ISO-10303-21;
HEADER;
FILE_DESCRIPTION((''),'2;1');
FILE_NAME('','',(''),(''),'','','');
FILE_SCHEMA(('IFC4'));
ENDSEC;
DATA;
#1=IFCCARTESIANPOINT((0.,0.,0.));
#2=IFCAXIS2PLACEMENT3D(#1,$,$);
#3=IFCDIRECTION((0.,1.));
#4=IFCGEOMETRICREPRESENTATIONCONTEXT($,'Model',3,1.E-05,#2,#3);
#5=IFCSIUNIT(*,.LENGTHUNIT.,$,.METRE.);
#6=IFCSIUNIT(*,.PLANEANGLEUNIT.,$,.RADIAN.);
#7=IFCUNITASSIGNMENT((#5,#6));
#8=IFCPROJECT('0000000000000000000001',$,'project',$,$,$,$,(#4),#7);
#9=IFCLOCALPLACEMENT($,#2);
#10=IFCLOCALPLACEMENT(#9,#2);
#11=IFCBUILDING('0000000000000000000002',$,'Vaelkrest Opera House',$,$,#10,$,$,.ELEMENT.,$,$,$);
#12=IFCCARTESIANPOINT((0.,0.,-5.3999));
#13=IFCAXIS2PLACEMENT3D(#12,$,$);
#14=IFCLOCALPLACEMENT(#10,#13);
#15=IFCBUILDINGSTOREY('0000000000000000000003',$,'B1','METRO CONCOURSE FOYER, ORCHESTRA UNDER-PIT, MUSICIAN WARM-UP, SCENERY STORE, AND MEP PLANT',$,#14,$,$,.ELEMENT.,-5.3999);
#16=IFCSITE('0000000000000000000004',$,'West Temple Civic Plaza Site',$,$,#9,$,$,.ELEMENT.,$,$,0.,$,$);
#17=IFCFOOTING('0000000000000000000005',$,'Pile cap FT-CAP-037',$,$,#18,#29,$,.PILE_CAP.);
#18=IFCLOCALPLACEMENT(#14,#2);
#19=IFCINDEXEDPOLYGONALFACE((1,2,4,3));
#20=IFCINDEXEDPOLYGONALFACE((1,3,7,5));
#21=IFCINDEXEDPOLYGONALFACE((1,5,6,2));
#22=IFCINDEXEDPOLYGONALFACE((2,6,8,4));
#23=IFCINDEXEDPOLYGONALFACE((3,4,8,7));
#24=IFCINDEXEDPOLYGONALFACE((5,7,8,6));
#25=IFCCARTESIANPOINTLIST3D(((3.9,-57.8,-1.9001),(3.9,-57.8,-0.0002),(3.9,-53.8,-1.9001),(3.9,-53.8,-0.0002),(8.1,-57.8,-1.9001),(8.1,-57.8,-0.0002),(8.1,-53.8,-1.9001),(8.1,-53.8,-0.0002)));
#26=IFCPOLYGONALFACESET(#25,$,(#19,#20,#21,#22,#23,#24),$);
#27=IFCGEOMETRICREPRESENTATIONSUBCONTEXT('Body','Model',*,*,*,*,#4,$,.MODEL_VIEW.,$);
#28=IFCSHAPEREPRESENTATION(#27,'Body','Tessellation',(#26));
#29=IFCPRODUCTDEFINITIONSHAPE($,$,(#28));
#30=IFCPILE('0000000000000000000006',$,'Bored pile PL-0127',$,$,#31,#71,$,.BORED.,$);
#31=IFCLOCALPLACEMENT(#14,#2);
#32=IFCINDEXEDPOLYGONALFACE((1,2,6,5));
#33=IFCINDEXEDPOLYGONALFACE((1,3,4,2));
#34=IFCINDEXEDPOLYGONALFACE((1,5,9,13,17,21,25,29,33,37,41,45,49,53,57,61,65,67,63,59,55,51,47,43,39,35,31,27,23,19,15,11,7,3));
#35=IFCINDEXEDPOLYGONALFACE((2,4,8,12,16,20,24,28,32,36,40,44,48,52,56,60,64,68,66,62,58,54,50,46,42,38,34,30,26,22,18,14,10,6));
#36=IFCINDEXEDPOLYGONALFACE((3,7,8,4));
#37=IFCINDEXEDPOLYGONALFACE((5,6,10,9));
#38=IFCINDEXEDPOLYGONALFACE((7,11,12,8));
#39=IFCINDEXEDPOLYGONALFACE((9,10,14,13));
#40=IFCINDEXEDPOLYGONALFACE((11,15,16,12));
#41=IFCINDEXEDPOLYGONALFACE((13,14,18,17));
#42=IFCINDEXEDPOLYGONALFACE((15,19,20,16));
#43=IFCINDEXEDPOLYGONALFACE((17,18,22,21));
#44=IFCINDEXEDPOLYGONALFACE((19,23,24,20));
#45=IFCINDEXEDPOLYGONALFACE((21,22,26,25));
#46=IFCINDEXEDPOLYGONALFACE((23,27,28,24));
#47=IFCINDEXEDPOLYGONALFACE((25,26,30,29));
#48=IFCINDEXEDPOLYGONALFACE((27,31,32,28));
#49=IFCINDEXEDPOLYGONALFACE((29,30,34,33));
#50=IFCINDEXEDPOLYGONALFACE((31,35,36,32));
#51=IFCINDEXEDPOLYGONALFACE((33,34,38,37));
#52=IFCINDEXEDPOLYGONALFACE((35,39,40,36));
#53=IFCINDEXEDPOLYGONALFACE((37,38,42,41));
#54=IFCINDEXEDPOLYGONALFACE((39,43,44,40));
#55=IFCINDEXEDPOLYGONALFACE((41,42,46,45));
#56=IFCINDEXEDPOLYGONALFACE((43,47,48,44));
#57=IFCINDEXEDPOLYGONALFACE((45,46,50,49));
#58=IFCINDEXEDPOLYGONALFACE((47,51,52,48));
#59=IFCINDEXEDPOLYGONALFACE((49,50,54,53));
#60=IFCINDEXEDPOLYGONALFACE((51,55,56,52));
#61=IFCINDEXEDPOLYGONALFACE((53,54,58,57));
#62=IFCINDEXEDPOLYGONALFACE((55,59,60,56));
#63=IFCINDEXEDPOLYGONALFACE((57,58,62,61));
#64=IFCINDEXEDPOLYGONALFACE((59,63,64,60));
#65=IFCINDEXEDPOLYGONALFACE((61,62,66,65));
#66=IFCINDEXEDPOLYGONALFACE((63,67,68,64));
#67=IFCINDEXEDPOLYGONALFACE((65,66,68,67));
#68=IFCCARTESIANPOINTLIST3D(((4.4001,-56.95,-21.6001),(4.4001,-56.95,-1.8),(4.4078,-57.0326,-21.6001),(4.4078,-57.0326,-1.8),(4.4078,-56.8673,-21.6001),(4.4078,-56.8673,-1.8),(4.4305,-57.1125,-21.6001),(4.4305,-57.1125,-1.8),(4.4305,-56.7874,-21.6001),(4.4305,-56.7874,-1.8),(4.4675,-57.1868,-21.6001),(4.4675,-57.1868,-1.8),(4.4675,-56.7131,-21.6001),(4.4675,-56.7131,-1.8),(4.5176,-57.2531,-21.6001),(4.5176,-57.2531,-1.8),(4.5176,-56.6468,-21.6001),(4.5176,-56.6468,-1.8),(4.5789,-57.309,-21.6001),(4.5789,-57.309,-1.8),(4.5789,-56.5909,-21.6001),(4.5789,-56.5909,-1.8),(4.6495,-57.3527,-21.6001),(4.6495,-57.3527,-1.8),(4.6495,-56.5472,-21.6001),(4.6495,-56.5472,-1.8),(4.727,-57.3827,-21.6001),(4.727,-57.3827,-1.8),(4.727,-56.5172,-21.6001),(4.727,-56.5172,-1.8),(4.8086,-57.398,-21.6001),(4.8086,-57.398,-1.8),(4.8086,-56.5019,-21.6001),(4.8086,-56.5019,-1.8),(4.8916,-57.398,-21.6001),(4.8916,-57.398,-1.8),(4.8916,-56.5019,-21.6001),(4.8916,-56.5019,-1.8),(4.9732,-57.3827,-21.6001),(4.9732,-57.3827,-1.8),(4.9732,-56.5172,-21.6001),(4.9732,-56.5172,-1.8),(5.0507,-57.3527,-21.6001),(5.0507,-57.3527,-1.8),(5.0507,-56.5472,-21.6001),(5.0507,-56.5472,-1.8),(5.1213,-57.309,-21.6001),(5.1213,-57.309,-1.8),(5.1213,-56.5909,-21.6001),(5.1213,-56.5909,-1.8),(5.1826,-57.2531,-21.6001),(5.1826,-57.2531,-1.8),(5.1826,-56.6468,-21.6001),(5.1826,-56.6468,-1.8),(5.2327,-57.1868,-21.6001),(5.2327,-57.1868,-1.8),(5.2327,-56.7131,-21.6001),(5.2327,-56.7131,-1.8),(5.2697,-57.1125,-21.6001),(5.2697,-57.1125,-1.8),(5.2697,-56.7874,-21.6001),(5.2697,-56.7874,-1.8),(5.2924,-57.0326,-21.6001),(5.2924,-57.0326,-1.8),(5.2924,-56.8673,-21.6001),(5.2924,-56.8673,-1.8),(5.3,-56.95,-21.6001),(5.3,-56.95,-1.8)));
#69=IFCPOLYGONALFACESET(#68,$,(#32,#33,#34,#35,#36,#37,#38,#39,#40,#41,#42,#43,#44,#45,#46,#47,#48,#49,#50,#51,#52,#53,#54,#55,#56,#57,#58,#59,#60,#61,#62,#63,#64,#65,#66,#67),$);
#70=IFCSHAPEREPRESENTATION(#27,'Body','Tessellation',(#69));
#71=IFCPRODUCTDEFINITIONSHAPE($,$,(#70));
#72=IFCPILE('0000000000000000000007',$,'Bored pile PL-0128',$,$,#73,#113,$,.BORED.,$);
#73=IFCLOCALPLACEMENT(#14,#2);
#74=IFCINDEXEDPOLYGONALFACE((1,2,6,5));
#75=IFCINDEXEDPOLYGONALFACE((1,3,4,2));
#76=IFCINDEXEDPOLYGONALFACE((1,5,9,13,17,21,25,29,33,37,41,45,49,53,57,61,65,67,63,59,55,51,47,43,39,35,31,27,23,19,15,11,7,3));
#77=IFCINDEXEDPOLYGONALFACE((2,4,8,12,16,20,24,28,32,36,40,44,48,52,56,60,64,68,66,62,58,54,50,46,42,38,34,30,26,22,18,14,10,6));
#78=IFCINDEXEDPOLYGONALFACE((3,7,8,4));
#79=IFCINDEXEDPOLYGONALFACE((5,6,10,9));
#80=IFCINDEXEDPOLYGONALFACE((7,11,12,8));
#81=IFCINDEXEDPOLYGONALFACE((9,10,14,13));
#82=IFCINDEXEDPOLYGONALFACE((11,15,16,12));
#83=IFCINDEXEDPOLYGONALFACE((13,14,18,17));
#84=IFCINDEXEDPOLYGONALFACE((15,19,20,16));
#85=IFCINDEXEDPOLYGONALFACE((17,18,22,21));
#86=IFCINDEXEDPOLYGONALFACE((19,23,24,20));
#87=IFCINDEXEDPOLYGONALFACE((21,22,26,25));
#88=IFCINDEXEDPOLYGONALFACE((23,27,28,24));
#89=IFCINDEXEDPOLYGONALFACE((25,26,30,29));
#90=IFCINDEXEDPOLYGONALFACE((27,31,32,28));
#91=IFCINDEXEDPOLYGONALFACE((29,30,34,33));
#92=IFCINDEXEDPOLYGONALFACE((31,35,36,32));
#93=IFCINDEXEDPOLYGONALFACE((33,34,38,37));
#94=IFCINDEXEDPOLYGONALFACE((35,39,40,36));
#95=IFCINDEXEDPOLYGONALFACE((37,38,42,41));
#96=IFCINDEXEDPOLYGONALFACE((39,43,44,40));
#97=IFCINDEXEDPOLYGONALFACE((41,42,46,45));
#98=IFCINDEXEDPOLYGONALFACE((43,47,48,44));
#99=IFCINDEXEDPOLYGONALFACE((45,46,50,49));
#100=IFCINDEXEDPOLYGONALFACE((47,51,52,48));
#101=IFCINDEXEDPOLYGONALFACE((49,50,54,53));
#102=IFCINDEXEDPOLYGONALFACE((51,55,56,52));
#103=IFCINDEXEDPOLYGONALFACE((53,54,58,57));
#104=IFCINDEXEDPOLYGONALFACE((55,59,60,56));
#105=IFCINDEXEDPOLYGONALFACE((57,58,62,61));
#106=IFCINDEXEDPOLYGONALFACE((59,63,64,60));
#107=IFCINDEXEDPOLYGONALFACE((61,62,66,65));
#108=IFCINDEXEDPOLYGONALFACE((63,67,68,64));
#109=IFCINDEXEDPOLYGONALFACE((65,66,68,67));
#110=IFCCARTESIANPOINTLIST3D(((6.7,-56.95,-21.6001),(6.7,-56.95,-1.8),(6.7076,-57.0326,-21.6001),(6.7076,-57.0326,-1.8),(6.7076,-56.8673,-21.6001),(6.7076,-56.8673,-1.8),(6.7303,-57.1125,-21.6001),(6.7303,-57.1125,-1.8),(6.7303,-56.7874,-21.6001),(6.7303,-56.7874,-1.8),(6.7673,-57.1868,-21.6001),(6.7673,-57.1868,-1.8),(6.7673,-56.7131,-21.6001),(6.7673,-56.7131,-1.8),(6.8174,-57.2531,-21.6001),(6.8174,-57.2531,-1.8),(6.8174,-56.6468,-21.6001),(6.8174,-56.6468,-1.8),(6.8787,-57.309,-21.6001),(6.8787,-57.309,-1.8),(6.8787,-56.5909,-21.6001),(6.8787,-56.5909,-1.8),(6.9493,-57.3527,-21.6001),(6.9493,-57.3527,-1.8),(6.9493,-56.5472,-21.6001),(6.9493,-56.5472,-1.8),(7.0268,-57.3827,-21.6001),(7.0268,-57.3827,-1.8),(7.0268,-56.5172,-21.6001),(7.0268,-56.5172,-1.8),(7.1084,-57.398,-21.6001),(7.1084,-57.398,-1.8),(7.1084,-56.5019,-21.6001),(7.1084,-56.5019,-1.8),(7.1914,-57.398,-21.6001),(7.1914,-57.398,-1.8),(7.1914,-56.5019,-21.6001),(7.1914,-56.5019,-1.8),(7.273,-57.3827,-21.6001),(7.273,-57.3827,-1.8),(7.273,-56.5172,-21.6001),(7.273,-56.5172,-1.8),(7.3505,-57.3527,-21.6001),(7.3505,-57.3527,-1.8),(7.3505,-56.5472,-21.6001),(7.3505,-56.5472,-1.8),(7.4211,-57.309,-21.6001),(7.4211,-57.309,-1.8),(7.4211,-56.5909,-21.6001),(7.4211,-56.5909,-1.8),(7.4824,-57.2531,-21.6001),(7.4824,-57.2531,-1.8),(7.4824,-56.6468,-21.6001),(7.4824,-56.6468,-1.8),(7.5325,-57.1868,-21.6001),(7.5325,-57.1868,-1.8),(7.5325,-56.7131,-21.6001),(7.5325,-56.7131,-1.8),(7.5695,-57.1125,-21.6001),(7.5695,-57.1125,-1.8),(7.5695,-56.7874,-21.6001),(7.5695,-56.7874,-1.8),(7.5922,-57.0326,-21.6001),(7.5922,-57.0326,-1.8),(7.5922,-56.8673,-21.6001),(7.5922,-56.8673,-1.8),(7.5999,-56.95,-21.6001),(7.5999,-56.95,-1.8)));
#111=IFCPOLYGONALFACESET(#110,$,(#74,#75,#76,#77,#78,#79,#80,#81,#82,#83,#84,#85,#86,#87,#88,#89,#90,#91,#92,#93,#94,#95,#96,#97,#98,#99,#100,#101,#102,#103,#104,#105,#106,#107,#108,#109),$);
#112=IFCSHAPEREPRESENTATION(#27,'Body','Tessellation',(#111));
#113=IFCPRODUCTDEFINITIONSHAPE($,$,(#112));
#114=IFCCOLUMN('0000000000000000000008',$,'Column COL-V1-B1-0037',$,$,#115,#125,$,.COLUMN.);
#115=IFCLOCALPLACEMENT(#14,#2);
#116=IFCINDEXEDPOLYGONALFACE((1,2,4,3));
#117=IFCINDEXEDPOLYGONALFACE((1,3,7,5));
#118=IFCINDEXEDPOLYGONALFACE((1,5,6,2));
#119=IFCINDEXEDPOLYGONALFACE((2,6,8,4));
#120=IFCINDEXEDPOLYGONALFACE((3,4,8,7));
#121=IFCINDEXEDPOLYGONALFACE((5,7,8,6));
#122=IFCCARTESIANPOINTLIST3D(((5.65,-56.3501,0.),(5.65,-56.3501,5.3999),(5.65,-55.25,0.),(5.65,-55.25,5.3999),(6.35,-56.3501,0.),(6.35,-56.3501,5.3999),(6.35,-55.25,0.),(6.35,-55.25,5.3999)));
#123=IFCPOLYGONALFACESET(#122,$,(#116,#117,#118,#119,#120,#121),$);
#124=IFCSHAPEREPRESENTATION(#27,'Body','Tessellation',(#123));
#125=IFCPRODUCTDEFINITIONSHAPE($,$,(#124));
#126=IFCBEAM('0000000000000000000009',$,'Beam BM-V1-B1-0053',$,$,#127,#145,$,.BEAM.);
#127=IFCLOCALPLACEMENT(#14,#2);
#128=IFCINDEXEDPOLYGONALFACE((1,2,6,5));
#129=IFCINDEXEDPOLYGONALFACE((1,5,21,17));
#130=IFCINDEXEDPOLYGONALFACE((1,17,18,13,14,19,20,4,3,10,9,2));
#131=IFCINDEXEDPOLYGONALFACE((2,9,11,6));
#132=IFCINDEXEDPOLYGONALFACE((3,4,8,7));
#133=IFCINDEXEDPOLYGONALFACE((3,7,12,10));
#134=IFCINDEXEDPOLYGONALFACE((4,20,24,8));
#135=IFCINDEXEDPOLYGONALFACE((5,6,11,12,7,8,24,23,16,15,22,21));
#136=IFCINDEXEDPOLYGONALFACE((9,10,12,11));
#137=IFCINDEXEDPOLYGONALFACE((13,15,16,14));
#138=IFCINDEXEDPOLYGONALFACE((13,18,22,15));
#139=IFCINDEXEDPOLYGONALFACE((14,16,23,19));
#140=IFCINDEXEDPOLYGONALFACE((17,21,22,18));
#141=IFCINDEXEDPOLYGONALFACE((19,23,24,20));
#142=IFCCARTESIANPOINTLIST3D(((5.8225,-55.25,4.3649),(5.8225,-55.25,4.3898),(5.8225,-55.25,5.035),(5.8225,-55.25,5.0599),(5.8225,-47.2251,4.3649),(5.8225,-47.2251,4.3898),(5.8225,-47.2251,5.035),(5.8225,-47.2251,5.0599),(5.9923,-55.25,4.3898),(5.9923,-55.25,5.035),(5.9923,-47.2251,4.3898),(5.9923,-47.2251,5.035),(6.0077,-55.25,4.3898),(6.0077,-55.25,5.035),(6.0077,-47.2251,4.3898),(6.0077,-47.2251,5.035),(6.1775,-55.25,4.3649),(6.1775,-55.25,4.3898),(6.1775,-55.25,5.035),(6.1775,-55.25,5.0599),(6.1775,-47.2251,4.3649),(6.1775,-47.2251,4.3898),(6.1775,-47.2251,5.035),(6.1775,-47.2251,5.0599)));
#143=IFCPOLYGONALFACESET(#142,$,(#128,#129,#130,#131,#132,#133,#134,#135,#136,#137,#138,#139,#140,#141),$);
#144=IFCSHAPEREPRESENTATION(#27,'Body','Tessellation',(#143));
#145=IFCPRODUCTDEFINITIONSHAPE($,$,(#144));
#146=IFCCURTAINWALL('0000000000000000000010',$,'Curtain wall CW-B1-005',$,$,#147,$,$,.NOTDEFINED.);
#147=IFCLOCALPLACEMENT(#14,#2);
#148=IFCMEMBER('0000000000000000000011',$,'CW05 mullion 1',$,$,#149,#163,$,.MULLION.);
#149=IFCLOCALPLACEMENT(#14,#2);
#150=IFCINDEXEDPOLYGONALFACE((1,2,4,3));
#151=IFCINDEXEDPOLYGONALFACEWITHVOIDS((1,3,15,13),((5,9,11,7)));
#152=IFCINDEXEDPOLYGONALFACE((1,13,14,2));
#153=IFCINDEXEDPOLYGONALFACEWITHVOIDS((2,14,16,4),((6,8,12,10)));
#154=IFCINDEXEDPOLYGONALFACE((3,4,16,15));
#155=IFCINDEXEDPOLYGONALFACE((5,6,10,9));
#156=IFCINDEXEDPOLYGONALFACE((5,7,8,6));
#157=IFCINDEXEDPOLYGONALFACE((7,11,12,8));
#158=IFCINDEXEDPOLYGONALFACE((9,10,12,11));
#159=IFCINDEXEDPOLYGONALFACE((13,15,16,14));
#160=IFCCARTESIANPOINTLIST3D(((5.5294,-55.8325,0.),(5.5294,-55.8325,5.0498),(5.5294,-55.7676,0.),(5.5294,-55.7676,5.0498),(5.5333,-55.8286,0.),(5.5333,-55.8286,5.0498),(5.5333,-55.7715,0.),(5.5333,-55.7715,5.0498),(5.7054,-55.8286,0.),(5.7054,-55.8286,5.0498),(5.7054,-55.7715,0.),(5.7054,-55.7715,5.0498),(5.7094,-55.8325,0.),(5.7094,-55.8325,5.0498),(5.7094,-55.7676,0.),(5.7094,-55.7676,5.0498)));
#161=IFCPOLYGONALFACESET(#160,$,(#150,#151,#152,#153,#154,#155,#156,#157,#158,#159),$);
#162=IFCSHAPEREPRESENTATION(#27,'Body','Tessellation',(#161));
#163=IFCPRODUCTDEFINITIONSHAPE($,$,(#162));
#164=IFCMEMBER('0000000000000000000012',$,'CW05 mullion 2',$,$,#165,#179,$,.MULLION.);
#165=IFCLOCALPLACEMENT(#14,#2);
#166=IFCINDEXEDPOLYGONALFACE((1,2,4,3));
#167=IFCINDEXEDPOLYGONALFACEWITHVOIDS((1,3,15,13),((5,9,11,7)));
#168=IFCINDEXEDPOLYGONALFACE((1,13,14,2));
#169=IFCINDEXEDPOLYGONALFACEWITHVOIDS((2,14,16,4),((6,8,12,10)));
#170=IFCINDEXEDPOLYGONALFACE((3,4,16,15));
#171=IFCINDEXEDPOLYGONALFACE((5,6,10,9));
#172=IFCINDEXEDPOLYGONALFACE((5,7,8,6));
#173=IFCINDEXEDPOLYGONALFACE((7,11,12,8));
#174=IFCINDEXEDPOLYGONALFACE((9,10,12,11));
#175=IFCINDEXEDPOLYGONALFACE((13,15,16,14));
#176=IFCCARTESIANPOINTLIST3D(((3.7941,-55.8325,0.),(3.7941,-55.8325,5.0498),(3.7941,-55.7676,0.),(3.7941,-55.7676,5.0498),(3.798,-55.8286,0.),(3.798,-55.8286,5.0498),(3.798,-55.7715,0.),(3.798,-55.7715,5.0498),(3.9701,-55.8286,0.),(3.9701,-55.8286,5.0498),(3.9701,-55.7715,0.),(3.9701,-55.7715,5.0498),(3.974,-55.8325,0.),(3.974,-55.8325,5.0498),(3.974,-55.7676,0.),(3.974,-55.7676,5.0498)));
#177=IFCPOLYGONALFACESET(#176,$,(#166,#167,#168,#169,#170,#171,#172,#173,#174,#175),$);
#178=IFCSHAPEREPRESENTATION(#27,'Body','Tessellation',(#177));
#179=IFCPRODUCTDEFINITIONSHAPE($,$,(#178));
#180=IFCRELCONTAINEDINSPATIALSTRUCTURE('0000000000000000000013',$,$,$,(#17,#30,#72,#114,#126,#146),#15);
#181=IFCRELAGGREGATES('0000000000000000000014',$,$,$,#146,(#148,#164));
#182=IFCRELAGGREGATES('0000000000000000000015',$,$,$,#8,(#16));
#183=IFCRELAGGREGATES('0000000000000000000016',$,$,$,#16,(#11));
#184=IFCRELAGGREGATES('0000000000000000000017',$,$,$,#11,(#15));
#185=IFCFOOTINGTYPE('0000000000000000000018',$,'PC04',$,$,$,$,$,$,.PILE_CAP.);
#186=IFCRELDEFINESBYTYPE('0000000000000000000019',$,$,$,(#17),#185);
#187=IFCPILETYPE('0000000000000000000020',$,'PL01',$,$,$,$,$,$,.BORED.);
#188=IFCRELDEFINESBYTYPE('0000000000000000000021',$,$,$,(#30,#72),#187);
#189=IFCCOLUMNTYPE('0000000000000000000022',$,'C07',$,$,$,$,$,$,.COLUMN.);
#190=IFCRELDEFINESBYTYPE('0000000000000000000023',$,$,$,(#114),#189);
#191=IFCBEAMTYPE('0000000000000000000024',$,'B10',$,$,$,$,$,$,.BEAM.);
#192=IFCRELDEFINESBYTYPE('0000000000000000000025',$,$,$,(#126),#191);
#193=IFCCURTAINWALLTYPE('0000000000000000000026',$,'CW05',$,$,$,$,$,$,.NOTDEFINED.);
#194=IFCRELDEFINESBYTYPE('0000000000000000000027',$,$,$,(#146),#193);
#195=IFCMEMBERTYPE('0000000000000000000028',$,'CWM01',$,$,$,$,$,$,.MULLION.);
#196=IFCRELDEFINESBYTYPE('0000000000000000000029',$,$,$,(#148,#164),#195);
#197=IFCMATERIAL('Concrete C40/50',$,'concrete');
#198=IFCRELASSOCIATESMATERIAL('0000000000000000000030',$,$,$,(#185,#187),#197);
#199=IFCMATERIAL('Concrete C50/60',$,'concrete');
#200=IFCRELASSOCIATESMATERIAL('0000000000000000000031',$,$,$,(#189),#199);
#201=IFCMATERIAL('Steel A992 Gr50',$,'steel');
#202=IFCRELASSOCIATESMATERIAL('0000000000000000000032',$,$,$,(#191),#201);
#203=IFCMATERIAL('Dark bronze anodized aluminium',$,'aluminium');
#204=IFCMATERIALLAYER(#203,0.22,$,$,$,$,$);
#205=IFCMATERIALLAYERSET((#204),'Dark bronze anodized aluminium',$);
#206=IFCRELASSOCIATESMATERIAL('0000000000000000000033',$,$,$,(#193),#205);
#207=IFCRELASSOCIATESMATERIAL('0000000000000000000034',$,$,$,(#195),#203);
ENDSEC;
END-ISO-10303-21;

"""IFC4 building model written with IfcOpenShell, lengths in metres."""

from ifc_helpers import new_model, si_unit, direction, frame, origin, origin_2d, place, context, subcontext, project, spatial, rectangle, hollow_rectangle, circle, i_section, extrude, material, layer, layer_set, material_profile, profile_set, type_object, element, aggregate, save


model = new_model("IFC4")

# Units and contexts
model_context = context("Model", 3, precision=1e-05, world=origin(), true_north=direction((0.0, 1.0)))
body_context = subcontext(model_context, "Body", "Model", "MODEL_VIEW")
ifc_project = project(units=[si_unit("LENGTHUNIT", "METRE"), si_unit("PLANEANGLEUNIT", "RADIAN")], contexts=[model_context])

# Site, building, storey
site_placement = place(None, origin())
site = spatial("IfcSite", under=ifc_project, at=site_placement, Name="West Temple Civic Plaza Site", CompositionType="ELEMENT", RefElevation=0.0)
building_placement = place(site_placement, origin())
building = spatial("IfcBuilding", under=site, at=building_placement, Name="Vaelkrest Opera House", CompositionType="ELEMENT")
storey_placement = place(building_placement, frame((0.0, 0.0, -5.3999)))
storey = spatial("IfcBuildingStorey", under=building, at=storey_placement, Name="B1", Description="METRO CONCOURSE FOYER, ORCHESTRA UNDER-PIT, MUSICIAN WARM-UP, SCENERY STORE, AND MEP PLANT", CompositionType="ELEMENT", Elevation=-5.3999)

# Footing
ifc_material_1 = material(Name="Concrete C40/50", Category="concrete")
footing_type = type_object("IfcFootingType", Name="PC04", PredefinedType="PILE_CAP", material=ifc_material_1)
footing_placement = place(storey_placement, frame((6.0, -55.8, -1.9001), z_axis=(0.0, 0.0, 1.0), x_axis=(1.0, 0.0, 0.0)))
element("IfcFooting", 1, at=footing_placement, inside=storey, type_object=footing_type, Name="Pile cap FT-CAP-037", PredefinedType="PILE_CAP", context=body_context, shape_type="SweptSolid", body=[
    extrude(rectangle(XDim=4.2, YDim=4.0, at=origin_2d()), origin(), (0.0, 0.0, 1.0), 1.8999),
])

# Piles
ifc_material_profile_1 = material_profile(ifc_material_1, circle(Radius=0.45, at=origin_2d()), Name="PILE900")
ifc_profile_set_1 = profile_set([ifc_material_profile_1], Name="Concrete C40/50")
pile_type = type_object("IfcPileType", Name="PL01", PredefinedType="BORED", material=ifc_profile_set_1)
for number, where, z_axis, x_axis, name in (
    (2, (4.8501, -56.95, -1.8), (0.0, 0.0, -1.0), (1.0, 0.0, 0.0), "Bored pile PL-0127"),
    (3, (7.1499, -56.95, -1.8), (0.0, 0.0, -1.0), (1.0, 0.0, 0.0), "Bored pile PL-0128"),
):
    element("IfcPile", number, at=place(storey_placement, frame(where, z_axis=z_axis, x_axis=x_axis)), inside=storey, type_object=pile_type, Name=name, PredefinedType="BORED", context=body_context, shape_type="SweptSolid", body=[
        extrude(circle(Radius=0.45, at=origin_2d()), origin(), (0.0, 0.0, 1.0), 19.8),
    ])

# Column
ifc_material_2 = material(Name="Concrete C50/60", Category="concrete")
ifc_material_profile_2 = material_profile(ifc_material_2, rectangle(XDim=0.7, YDim=1.1001, at=origin_2d()), Name="RC700X1100")
ifc_profile_set_2 = profile_set([ifc_material_profile_2], Name="Concrete C50/60")
column_type = type_object("IfcColumnType", Name="C07", PredefinedType="COLUMN", material=ifc_profile_set_2)
column_placement = place(storey_placement, frame((6.0, -55.8, 0.0), z_axis=(0.0, 0.0, 1.0), x_axis=(1.0, 0.0, 0.0)))
element("IfcColumn", 4, at=column_placement, inside=storey, type_object=column_type, Name="Column COL-V1-B1-0037", PredefinedType="COLUMN", context=body_context, shape_type="SweptSolid", body=[
    extrude(rectangle(XDim=0.7, YDim=1.1001, at=origin_2d()), origin(), (0.0, 0.0, 1.0), 5.3999),
])

# Beam
ifc_material_3 = material(Name="Steel A992 Gr50", Category="steel")
ifc_material_profile_3 = material_profile(ifc_material_3, i_section(OverallWidth=0.355, OverallDepth=0.6951, WebThickness=0.0154, FlangeThickness=0.0249, at=origin_2d()), Name="W27X146")
ifc_profile_set_3 = profile_set([ifc_material_profile_3], Name="Steel A992 Gr50")
beam_type = type_object("IfcBeamType", Name="B10", PredefinedType="BEAM", material=ifc_profile_set_3)
beam_placement = place(storey_placement, frame((6.0, -55.25, 4.7124), z_axis=(0.0, 1.0, 0.0), x_axis=(-1.0, 0.0, 0.0)))
element("IfcBeam", 5, at=beam_placement, inside=storey, type_object=beam_type, Name="Beam BM-V1-B1-0053", PredefinedType="BEAM", context=body_context, shape_type="SweptSolid", body=[
    extrude(i_section(OverallWidth=0.355, OverallDepth=0.6951, WebThickness=0.0154, FlangeThickness=0.0249, at=origin_2d()), origin(), (0.0, 0.0, 1.0), 8.0249),
])

# Curtain wall, members
ifc_material_4 = material(Name="Dark bronze anodized aluminium", Category="aluminium")
ifc_layer_1 = layer(ifc_material_4, 0.22)
ifc_layer_set_1 = layer_set([ifc_layer_1], Name="Dark bronze anodized aluminium")
curtain_wall_type_1 = type_object("IfcCurtainWallType", Name="CW05", PredefinedType="NOTDEFINED", material=ifc_layer_set_1)
curtain_wall_1_placement = place(storey_placement, origin())
curtain_wall_1 = element("IfcCurtainWall", 6, at=curtain_wall_1_placement, inside=storey, type_object=curtain_wall_type_1, Name="Curtain wall CW-B1-005", PredefinedType="NOTDEFINED")
ifc_material_profile_4 = material_profile(ifc_material_4, hollow_rectangle(XDim=0.0649, YDim=0.1799, WallThickness=0.0039, at=origin_2d()), Name="CWM65X180")
ifc_profile_set_4 = profile_set([ifc_material_profile_4], Name="Dark bronze anodized aluminium")
member_type_1 = type_object("IfcMemberType", Name="CWM01", PredefinedType="MULLION", material=ifc_profile_set_4)
member_1_placement = place(storey_placement, frame((5.6194, -55.8, 0.0), z_axis=(0.0, 0.0, 1.0), x_axis=(0.0, -1.0, 0.0)))
member_1 = element("IfcMember", 7, at=member_1_placement, type_object=member_type_1, Name="CW05 mullion 1", PredefinedType="MULLION", context=body_context, shape_type="SweptSolid", body=[
    extrude(hollow_rectangle(XDim=0.0649, YDim=0.1799, WallThickness=0.0039, at=origin_2d()), origin(), (0.0, 0.0, 1.0), 5.0498),
])
member_2_placement = place(storey_placement, frame((3.884, -55.8, 0.0), z_axis=(0.0, 0.0, 1.0), x_axis=(0.0, -1.0, 0.0)))
member_2 = element("IfcMember", 8, at=member_2_placement, type_object=member_type_1, Name="CW05 mullion 2", PredefinedType="MULLION", context=body_context, shape_type="SweptSolid", body=[
    extrude(hollow_rectangle(XDim=0.0649, YDim=0.1799, WallThickness=0.0039, at=origin_2d()), origin(), (0.0, 0.0, 1.0), 5.0498),
])

aggregate(curtain_wall_1, [member_1, member_2])

save(model, "model.ifc")
